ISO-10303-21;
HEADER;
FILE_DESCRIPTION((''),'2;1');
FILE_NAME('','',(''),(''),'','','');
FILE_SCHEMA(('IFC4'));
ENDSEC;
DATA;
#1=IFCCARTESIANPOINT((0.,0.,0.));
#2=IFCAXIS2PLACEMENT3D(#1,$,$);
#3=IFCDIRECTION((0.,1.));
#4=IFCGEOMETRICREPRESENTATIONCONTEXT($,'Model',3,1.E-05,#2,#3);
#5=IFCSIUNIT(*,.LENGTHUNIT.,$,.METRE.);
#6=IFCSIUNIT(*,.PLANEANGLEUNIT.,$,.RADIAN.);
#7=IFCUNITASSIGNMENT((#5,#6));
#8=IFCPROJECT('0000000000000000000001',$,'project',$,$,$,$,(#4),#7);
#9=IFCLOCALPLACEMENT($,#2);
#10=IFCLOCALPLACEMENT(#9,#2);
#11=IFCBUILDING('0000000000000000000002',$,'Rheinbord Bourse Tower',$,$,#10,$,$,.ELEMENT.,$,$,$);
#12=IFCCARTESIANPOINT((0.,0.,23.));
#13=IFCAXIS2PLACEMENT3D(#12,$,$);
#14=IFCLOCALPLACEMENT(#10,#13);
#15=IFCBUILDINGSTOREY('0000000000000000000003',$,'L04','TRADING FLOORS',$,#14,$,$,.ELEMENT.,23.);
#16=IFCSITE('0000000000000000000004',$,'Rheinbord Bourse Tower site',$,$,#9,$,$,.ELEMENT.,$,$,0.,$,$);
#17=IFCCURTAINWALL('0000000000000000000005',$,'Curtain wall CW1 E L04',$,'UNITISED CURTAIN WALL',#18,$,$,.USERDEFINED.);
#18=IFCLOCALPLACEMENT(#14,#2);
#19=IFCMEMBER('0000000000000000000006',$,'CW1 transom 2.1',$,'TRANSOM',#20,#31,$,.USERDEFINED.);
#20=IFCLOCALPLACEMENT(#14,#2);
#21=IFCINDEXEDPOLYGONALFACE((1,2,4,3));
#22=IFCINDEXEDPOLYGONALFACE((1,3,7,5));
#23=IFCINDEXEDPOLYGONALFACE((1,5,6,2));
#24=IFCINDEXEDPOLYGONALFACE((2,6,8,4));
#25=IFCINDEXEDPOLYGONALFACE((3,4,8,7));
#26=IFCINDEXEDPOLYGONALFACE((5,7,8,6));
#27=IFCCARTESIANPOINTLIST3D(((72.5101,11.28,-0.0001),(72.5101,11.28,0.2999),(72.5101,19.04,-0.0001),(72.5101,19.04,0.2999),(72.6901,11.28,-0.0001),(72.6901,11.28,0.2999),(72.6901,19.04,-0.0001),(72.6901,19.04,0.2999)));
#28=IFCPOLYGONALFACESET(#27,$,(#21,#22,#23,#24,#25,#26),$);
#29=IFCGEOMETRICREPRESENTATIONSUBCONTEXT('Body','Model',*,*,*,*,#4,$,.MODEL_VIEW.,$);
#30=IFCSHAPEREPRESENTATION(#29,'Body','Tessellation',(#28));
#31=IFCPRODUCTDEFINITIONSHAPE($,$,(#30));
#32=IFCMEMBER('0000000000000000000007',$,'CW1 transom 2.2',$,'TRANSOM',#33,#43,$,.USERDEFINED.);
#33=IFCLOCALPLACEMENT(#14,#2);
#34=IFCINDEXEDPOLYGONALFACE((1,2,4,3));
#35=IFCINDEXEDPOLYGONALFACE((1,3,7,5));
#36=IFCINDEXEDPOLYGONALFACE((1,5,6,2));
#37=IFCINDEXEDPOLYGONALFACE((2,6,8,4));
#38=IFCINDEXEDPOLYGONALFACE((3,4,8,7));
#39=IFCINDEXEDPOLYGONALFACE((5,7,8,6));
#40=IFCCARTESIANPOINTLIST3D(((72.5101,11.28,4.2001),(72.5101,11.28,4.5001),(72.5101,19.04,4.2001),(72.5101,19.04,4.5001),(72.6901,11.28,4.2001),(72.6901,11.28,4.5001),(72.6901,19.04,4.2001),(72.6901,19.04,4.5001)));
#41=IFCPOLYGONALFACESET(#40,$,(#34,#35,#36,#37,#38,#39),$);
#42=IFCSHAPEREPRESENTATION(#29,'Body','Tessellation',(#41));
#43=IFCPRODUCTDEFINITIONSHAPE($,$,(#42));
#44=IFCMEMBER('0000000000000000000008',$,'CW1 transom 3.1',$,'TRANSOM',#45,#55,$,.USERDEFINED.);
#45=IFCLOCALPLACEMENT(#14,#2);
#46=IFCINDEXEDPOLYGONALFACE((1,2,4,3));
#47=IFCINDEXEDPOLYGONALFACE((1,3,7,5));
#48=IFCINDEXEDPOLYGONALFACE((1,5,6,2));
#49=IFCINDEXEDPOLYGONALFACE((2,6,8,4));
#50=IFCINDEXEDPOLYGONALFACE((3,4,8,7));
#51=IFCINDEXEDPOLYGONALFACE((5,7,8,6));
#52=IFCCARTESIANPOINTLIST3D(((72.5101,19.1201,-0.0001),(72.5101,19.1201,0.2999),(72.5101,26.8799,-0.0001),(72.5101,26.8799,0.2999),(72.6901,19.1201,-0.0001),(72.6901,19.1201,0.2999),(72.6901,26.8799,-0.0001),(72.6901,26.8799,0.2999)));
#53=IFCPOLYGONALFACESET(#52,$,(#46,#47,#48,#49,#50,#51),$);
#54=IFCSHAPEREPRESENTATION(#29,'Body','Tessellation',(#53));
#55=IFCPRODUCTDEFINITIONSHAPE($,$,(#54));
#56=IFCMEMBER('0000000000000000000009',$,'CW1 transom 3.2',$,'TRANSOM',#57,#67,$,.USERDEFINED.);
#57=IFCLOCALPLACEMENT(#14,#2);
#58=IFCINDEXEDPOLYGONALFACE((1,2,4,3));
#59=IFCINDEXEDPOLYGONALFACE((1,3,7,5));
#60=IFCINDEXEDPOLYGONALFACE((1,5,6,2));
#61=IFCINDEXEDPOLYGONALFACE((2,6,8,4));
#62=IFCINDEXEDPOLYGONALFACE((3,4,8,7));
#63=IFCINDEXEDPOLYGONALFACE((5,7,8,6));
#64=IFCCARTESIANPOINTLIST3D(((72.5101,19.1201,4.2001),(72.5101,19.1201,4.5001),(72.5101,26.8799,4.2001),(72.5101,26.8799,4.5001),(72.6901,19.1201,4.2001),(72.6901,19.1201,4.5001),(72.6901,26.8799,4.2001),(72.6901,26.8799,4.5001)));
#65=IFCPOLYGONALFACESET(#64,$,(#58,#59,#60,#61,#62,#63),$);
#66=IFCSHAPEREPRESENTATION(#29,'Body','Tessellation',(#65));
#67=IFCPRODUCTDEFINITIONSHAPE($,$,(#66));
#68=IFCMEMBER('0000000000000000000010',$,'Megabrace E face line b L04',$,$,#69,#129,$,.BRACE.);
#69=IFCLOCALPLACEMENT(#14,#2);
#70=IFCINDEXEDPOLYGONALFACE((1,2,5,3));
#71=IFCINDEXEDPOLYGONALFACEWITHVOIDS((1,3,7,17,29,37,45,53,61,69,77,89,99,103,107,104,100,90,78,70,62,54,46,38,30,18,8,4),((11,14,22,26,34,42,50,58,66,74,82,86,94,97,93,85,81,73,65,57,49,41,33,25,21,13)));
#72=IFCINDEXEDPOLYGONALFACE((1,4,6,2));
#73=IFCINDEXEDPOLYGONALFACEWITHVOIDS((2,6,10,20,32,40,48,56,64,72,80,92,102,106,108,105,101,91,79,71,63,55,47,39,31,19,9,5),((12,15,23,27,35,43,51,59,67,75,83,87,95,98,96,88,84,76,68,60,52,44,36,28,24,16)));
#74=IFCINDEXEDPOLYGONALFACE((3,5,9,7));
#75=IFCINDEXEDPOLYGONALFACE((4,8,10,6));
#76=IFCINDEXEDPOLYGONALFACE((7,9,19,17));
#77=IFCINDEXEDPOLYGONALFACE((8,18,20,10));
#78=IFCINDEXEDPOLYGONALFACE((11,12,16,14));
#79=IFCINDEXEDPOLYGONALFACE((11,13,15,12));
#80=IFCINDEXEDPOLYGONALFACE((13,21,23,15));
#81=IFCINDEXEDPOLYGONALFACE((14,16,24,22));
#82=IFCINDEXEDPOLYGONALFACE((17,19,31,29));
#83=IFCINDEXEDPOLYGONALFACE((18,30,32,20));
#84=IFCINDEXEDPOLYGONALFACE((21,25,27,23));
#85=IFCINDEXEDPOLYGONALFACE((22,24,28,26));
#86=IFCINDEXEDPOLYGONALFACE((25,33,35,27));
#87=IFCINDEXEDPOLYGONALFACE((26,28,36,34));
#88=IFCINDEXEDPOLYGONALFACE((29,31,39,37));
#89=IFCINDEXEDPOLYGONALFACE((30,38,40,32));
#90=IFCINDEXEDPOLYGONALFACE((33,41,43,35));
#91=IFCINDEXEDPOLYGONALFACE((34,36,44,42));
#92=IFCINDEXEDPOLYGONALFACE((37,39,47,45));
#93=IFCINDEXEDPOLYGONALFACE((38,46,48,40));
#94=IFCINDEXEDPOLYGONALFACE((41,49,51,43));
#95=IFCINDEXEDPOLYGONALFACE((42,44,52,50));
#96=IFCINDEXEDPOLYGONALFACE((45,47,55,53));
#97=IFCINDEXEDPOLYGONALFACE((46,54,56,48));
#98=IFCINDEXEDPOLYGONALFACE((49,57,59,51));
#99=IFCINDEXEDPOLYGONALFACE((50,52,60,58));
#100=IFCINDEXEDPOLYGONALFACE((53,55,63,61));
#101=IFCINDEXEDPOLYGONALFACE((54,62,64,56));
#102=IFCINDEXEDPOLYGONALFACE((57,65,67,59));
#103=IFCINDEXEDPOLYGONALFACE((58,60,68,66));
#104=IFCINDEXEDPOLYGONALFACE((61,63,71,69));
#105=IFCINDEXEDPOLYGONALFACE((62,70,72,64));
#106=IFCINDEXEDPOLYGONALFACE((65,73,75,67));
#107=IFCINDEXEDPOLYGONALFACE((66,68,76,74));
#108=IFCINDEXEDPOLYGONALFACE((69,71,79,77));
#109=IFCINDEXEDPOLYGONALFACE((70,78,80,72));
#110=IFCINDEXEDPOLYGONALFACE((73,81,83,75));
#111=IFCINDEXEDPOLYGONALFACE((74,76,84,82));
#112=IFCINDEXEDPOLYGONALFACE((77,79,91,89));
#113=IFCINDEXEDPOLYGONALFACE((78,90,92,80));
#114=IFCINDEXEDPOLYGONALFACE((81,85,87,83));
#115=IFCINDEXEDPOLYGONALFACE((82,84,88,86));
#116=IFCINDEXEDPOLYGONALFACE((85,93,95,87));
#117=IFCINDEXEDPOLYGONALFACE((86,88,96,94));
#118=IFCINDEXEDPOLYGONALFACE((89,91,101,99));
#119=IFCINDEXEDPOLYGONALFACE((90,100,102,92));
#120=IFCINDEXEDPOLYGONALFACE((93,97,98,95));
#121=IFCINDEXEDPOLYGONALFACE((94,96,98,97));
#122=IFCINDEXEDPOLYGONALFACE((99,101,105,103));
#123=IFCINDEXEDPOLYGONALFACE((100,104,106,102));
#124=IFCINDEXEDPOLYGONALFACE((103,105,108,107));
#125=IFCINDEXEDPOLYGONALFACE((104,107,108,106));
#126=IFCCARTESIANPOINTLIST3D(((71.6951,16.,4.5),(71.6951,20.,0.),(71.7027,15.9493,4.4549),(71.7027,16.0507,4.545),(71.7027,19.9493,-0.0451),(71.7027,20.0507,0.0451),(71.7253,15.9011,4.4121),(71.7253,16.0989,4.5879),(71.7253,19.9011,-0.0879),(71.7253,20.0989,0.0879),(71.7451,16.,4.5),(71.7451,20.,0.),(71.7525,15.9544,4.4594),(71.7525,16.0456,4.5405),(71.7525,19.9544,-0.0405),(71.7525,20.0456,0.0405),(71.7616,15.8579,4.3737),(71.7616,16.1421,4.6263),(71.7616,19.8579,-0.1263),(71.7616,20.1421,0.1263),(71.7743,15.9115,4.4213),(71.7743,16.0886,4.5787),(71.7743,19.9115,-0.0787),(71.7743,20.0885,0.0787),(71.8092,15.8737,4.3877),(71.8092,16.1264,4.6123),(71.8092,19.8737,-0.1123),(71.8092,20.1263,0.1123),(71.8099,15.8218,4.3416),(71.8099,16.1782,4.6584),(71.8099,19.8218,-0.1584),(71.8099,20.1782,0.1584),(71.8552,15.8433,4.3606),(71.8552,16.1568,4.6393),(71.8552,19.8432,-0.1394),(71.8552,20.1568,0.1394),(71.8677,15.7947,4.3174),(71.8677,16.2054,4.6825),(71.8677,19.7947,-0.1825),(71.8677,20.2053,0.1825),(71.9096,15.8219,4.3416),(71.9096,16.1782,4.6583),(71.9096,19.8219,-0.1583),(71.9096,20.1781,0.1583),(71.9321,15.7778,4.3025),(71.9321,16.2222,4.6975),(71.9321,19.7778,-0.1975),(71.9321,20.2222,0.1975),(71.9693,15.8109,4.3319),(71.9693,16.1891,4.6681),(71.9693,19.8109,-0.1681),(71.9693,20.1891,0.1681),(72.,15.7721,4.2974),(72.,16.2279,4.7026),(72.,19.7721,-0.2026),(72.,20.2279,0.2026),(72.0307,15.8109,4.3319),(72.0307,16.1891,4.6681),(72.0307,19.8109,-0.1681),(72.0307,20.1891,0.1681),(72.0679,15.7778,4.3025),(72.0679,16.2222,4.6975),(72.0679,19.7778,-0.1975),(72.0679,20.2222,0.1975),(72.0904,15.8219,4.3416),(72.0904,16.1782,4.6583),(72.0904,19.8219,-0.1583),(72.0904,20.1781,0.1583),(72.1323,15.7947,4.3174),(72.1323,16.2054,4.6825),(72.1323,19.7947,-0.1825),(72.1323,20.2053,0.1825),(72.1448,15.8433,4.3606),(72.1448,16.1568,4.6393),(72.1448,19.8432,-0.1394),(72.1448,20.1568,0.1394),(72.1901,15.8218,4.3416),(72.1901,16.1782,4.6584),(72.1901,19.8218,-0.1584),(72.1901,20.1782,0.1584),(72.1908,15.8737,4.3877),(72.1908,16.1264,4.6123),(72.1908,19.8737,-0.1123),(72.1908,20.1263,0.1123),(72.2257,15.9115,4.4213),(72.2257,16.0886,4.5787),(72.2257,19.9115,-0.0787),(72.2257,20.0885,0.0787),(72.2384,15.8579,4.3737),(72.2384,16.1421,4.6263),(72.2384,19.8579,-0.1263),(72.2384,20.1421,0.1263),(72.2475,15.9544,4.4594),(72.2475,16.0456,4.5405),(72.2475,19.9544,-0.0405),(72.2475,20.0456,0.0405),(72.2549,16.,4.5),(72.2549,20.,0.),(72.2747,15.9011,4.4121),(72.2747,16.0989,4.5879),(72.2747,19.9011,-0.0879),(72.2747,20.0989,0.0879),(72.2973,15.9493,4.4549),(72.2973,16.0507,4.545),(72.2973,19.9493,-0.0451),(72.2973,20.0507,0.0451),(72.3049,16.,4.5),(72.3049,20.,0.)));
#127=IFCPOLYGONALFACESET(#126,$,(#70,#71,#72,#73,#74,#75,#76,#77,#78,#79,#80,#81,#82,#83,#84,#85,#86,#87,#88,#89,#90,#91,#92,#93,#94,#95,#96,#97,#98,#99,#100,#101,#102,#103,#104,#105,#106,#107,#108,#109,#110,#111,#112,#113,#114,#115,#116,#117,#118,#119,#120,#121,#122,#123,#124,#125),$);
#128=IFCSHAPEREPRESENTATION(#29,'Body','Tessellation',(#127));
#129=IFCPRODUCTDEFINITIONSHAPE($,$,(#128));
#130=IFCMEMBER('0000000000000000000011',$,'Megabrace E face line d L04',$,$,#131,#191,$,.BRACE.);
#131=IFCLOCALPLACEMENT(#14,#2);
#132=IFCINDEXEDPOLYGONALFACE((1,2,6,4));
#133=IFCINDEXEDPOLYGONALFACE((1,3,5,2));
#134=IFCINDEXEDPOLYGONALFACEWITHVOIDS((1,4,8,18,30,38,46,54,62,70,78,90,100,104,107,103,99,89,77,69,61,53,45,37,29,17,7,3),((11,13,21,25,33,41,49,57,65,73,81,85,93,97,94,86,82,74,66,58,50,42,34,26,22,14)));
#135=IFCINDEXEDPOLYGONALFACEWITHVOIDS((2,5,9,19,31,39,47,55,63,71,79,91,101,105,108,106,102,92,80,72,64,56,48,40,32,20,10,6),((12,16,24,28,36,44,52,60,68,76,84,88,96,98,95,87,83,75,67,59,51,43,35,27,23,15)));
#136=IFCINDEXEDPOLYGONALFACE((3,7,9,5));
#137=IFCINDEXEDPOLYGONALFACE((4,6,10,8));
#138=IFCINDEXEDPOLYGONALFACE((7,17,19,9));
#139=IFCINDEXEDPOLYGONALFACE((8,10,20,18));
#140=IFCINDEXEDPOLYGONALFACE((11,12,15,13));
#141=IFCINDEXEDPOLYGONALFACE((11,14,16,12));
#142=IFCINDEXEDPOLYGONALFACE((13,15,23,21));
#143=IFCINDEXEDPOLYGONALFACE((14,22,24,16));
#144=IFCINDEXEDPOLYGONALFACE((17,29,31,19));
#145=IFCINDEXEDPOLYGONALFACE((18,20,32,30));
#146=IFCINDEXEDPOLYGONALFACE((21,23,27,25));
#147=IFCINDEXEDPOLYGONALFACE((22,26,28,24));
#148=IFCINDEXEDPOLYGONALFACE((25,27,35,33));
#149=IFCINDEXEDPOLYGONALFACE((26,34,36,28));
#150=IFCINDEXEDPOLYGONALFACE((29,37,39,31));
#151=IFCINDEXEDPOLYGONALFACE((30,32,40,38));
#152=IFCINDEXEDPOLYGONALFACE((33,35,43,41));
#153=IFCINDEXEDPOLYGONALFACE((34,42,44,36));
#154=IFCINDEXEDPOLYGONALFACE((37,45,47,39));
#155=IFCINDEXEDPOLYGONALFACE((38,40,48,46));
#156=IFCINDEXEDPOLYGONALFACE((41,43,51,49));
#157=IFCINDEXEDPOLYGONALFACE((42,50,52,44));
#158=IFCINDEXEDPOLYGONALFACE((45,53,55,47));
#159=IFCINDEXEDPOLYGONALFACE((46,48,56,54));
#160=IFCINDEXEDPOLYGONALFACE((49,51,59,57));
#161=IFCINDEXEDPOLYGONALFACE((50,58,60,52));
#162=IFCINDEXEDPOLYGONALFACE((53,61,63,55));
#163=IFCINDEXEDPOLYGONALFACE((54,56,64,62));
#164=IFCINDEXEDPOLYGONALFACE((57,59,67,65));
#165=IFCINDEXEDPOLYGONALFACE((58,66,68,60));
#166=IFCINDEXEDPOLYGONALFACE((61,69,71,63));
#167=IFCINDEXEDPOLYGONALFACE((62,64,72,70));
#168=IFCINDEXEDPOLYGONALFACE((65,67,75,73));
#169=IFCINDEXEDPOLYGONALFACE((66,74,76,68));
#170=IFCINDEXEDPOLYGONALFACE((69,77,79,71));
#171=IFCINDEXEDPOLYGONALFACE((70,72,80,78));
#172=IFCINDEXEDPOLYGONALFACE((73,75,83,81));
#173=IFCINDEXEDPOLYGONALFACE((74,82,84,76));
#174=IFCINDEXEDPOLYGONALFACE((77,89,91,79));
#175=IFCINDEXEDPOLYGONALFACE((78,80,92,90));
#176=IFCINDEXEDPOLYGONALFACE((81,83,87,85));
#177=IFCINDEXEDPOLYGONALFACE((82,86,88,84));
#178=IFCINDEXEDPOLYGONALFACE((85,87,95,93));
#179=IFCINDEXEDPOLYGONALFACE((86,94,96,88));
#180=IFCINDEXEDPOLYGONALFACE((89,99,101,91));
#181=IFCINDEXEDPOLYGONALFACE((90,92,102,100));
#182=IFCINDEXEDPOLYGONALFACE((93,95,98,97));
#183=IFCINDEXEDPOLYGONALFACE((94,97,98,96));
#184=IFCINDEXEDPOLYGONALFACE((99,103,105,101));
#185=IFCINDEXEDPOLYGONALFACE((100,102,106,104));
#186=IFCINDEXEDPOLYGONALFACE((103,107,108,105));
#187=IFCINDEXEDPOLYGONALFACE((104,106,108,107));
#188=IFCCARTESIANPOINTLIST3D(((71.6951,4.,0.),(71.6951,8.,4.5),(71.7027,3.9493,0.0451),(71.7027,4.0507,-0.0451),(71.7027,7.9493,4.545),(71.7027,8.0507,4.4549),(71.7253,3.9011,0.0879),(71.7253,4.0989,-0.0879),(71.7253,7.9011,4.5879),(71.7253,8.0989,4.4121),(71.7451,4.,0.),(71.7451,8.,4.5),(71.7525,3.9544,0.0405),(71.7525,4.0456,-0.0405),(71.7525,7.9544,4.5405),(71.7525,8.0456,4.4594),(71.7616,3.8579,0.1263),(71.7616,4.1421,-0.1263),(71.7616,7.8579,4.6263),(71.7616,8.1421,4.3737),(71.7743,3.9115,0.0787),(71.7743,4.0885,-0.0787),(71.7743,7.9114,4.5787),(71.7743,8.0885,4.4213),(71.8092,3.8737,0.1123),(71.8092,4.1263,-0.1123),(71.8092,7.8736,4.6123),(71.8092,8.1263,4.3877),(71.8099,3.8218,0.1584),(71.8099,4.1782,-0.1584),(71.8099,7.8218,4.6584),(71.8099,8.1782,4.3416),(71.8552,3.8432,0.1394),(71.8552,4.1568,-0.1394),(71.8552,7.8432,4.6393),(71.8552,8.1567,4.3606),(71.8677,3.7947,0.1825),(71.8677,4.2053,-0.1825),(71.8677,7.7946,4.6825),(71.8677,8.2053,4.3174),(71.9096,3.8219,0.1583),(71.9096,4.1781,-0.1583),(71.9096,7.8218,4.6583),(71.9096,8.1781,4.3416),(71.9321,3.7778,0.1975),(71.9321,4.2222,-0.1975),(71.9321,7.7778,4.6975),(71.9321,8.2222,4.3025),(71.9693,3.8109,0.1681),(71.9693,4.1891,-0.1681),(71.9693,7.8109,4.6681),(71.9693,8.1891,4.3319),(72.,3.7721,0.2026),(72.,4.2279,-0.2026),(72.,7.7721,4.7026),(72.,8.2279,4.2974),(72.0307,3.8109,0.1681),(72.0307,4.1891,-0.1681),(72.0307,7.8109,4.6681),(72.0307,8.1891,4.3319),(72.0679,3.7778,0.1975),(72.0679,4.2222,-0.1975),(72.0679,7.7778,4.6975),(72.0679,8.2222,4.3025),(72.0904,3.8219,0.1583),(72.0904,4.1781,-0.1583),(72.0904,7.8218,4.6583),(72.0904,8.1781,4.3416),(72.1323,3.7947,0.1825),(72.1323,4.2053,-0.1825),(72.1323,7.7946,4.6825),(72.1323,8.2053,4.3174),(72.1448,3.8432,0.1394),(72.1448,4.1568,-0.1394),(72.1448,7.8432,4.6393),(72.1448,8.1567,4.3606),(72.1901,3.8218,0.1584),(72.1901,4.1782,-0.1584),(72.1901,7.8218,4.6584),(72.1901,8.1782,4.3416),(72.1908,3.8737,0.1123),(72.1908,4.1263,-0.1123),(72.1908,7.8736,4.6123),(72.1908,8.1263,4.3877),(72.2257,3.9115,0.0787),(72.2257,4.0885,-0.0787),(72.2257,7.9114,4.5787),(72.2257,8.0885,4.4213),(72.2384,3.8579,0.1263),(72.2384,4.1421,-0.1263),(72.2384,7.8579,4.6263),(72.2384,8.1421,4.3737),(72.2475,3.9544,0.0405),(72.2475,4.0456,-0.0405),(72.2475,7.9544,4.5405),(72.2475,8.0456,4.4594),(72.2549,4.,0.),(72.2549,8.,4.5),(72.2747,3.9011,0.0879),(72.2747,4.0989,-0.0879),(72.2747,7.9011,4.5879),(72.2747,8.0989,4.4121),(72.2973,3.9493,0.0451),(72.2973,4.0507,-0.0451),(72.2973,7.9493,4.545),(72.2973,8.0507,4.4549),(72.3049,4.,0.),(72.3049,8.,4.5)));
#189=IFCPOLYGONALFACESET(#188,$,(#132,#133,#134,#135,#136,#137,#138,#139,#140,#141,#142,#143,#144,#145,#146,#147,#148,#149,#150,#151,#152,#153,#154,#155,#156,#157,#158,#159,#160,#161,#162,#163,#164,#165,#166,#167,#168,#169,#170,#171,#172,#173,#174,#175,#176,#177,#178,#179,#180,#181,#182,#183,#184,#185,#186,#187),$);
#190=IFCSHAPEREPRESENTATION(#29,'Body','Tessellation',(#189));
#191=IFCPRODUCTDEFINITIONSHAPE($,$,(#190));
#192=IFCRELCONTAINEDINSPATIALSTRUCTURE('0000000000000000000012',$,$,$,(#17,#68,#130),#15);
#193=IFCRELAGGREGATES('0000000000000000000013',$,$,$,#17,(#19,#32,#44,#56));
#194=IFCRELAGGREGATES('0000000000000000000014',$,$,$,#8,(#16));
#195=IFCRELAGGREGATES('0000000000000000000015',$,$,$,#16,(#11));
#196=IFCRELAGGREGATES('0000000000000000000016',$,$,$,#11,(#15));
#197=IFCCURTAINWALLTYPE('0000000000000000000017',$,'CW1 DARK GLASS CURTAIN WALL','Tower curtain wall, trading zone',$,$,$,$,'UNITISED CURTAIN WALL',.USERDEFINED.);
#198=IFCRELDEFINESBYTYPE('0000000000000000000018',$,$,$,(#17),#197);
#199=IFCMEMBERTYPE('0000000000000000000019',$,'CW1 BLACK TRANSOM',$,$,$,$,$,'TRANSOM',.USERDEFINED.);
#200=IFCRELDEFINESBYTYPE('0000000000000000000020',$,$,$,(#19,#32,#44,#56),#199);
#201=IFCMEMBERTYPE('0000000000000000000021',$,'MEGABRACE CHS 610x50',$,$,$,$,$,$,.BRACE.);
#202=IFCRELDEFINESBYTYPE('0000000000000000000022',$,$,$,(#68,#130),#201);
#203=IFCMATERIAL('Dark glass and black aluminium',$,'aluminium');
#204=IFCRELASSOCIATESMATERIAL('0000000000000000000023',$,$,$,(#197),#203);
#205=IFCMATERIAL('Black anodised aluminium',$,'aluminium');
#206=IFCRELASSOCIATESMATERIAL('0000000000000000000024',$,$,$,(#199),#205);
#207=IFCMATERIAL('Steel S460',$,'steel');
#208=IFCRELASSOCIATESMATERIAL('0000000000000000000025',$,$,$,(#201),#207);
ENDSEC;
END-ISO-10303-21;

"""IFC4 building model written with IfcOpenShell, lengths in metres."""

from ifc_helpers import new_model, si_unit, direction, frame, origin, origin_2d, place, context, subcontext, project, spatial, rectangle, hollow_circle, extrude, material, material_profile, profile_set, type_object, element, aggregate, save


model = new_model("IFC4")

# Units and contexts
model_context = context("Model", 3, precision=1e-05, world=origin(), true_north=direction((0.0, 1.0)))
body_context = subcontext(model_context, "Body", "Model", "MODEL_VIEW")
ifc_project = project(units=[si_unit("LENGTHUNIT", "METRE"), si_unit("PLANEANGLEUNIT", "RADIAN")], contexts=[model_context])

# Site, building, storey
site_placement = place(None, origin())
site = spatial("IfcSite", under=ifc_project, at=site_placement, Name="Rheinbord Bourse Tower site", CompositionType="ELEMENT", RefElevation=0.0)
building_placement = place(site_placement, origin())
building = spatial("IfcBuilding", under=site, at=building_placement, Name="Rheinbord Bourse Tower", CompositionType="ELEMENT")
storey_placement = place(building_placement, frame((0.0, 0.0, 23.0)))
storey = spatial("IfcBuildingStorey", under=building, at=storey_placement, Name="L04", Description="TRADING FLOORS", CompositionType="ELEMENT", Elevation=23.0)

# Curtain wall, members
ifc_material_1 = material(Name="Dark glass and black aluminium", Category="aluminium")
curtain_wall_type = type_object("IfcCurtainWallType", Name="CW1 DARK GLASS CURTAIN WALL", Description="Tower curtain wall, trading zone", ElementType="UNITISED CURTAIN WALL", PredefinedType="USERDEFINED", material=ifc_material_1)
curtain_wall_placement = place(storey_placement, origin())
curtain_wall = element("IfcCurtainWall", 1, at=curtain_wall_placement, inside=storey, type_object=curtain_wall_type, Name="Curtain wall CW1 E L04", ObjectType="UNITISED CURTAIN WALL", PredefinedType="USERDEFINED")
ifc_material_2 = material(Name="Black anodised aluminium", Category="aluminium")
ifc_material_profile_1 = material_profile(ifc_material_2, rectangle(XDim=0.1799, YDim=0.3, at=origin_2d()), Name="CW1 TRANSOM 300x180")
ifc_profile_set_1 = profile_set([ifc_material_profile_1], Name="Black anodised aluminium")
member_type_1 = type_object("IfcMemberType", Name="CW1 BLACK TRANSOM", ElementType="TRANSOM", PredefinedType="USERDEFINED", material=ifc_profile_set_1)
member_1_placement = place(storey_placement, frame((72.6001, 11.28, 0.1499), z_axis=(0.0, 1.0, 0.0), x_axis=(-1.0, 0.0, 0.0)))
member_1 = element("IfcMember", 2, at=member_1_placement, type_object=member_type_1, Name="CW1 transom 2.1", ObjectType="TRANSOM", PredefinedType="USERDEFINED", context=body_context, shape_type="SweptSolid", body=[
    extrude(rectangle(XDim=0.1799, YDim=0.3, at=origin_2d()), origin(), (0.0, 0.0, 1.0), 7.76),
])
member_2_placement = place(storey_placement, frame((72.6001, 11.28, 4.3501), z_axis=(0.0, 1.0, 0.0), x_axis=(-1.0, 0.0, 0.0)))
member_2 = element("IfcMember", 3, at=member_2_placement, type_object=member_type_1, Name="CW1 transom 2.2", ObjectType="TRANSOM", PredefinedType="USERDEFINED", context=body_context, shape_type="SweptSolid", body=[
    extrude(rectangle(XDim=0.1799, YDim=0.3, at=origin_2d()), origin(), (0.0, 0.0, 1.0), 7.76),
])
member_3_placement = place(storey_placement, frame((72.6001, 19.1201, 0.1499), z_axis=(0.0, 1.0, 0.0), x_axis=(-1.0, 0.0, 0.0)))
member_3 = element("IfcMember", 4, at=member_3_placement, type_object=member_type_1, Name="CW1 transom 3.1", ObjectType="TRANSOM", PredefinedType="USERDEFINED", context=body_context, shape_type="SweptSolid", body=[
    extrude(rectangle(XDim=0.1799, YDim=0.3, at=origin_2d()), origin(), (0.0, 0.0, 1.0), 7.7598),
])
member_4_placement = place(storey_placement, frame((72.6001, 19.1201, 4.3501), z_axis=(0.0, 1.0, 0.0), x_axis=(-1.0, 0.0, 0.0)))
member_4 = element("IfcMember", 5, at=member_4_placement, type_object=member_type_1, Name="CW1 transom 3.2", ObjectType="TRANSOM", PredefinedType="USERDEFINED", context=body_context, shape_type="SweptSolid", body=[
    extrude(rectangle(XDim=0.1799, YDim=0.3, at=origin_2d()), origin(), (0.0, 0.0, 1.0), 7.7598),
])

# Members
ifc_material_3 = material(Name="Steel S460", Category="steel")
ifc_material_profile_2 = material_profile(ifc_material_3, hollow_circle(Radius=0.3049, WallThickness=0.05, at=origin_2d()), Name="CHS 610x50")
ifc_profile_set_2 = profile_set([ifc_material_profile_2], Name="Steel S460")
member_type_2 = type_object("IfcMemberType", Name="MEGABRACE CHS 610x50", PredefinedType="BRACE", material=ifc_profile_set_2)
for number, where, z_axis, x_axis, name in (
    (6, (72.0, 20.0, 0.0), (0.0, -0.664364, 0.747409), (1.0, 0.0, 0.0), "Megabrace E face line b L04"),
    (7, (72.0, 4.0, 0.0), (0.0, 0.664364, 0.747409), (-1.0, 0.0, 0.0), "Megabrace E face line d L04"),
):
    element("IfcMember", number, at=place(storey_placement, frame(where, z_axis=z_axis, x_axis=x_axis)), inside=storey, type_object=member_type_2, Name=name, PredefinedType="BRACE", context=body_context, shape_type="SweptSolid", body=[
        extrude(hollow_circle(Radius=0.3049, WallThickness=0.05, at=origin_2d()), origin(), (0.0, 0.0, 1.0), 6.0208),
    ])

aggregate(curtain_wall, [member_1, member_2, member_3, member_4])

save(model, "model.ifc")
